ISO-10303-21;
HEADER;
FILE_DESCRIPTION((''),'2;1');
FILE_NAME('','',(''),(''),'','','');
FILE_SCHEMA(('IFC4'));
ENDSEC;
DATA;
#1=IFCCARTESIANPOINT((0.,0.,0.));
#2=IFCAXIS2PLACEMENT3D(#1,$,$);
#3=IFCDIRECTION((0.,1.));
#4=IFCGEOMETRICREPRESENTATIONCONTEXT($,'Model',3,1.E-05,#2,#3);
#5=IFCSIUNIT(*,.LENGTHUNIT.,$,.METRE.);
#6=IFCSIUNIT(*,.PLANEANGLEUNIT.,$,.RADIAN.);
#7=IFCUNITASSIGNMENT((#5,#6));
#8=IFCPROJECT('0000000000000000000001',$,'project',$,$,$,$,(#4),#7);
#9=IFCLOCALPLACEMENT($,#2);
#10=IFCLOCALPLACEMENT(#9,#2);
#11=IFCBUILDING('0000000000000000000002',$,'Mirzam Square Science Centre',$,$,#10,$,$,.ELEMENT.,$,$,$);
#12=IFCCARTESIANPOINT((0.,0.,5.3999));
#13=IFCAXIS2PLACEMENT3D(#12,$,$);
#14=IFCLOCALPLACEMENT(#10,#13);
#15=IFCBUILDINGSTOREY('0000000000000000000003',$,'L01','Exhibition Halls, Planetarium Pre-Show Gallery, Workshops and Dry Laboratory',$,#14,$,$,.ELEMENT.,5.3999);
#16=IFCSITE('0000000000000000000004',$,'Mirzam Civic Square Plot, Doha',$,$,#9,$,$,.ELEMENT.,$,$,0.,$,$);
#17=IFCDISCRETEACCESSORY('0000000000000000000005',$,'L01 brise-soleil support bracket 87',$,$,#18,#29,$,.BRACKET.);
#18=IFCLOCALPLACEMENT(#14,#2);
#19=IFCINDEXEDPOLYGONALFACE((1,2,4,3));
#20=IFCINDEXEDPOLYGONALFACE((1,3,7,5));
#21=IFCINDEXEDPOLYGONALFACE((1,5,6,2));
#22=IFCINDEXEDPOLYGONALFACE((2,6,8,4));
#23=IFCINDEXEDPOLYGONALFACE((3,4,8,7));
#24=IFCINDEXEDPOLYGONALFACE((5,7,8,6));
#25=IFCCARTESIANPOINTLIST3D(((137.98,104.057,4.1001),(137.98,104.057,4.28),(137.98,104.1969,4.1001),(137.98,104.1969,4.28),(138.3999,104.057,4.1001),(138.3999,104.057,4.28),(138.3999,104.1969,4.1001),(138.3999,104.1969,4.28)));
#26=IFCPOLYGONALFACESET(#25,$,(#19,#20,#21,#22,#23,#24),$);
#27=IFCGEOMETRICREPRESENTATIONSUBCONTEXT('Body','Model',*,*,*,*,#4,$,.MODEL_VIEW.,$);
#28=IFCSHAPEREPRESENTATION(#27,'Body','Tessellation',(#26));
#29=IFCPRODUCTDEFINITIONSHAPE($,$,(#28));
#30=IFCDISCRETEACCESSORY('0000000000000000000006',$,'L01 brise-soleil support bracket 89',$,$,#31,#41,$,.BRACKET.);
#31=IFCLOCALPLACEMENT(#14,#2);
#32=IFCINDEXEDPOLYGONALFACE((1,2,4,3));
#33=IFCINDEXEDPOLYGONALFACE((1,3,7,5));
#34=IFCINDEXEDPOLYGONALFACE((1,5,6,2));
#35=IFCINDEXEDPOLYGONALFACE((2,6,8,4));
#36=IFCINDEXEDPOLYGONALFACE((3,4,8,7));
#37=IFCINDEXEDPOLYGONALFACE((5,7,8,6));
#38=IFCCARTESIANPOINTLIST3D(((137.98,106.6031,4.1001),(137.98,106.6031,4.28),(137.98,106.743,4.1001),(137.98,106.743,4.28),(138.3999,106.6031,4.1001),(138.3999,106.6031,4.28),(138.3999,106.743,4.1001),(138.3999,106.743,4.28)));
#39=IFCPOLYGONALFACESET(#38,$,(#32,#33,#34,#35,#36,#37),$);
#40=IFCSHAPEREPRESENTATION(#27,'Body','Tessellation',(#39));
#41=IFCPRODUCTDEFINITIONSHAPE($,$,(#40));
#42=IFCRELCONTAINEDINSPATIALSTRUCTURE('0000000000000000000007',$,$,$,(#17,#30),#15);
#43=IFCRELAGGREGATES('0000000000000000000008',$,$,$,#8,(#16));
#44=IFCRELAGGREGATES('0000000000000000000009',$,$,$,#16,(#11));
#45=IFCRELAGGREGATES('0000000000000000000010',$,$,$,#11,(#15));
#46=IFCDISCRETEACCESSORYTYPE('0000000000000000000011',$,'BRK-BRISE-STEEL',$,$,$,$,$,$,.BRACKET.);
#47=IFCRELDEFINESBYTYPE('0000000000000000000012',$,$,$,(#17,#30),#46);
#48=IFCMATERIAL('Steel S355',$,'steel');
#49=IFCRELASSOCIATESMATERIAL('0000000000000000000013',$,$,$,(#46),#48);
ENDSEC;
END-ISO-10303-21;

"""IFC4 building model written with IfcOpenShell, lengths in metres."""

from ifc_helpers import new_model, si_unit, direction, frame, origin, origin_2d, place, context, subcontext, project, spatial, rectangle, extrude, material, type_object, element, save


model = new_model("IFC4")

# Units and contexts
model_context = context("Model", 3, precision=1e-05, world=origin(), true_north=direction((0.0, 1.0)))
body_context = subcontext(model_context, "Body", "Model", "MODEL_VIEW")
ifc_project = project(units=[si_unit("LENGTHUNIT", "METRE"), si_unit("PLANEANGLEUNIT", "RADIAN")], contexts=[model_context])

# Site, building, storey
site_placement = place(None, origin())
site = spatial("IfcSite", under=ifc_project, at=site_placement, Name="Mirzam Civic Square Plot, Doha", CompositionType="ELEMENT", RefElevation=0.0)
building_placement = place(site_placement, origin())
building = spatial("IfcBuilding", under=site, at=building_placement, Name="Mirzam Square Science Centre", CompositionType="ELEMENT")
storey_placement = place(building_placement, frame((0.0, 0.0, 5.3999)))
storey = spatial("IfcBuildingStorey", under=building, at=storey_placement, Name="L01", Description="Exhibition Halls, Planetarium Pre-Show Gallery, Workshops and Dry Laboratory", CompositionType="ELEMENT", Elevation=5.3999)

# Shared definitions
ifc_material_1 = material(Name="Steel S355", Category="steel")

# Discrete accessories
discrete_accessory_type = type_object("IfcDiscreteAccessoryType", Name="BRK-BRISE-STEEL", PredefinedType="BRACKET", material=ifc_material_1)
for number, where, z_axis, x_axis, name in (
    (1, (138.1899, 104.127, 4.1001), (0.0, 0.0, 1.0), (0.0, 1.0, 0.0), "L01 brise-soleil support bracket 87"),
    (2, (138.1899, 106.6731, 4.1001), (0.0, 0.0, 1.0), (0.0, 1.0, 0.0), "L01 brise-soleil support bracket 89"),
):
    element("IfcDiscreteAccessory", number, at=place(storey_placement, frame(where, z_axis=z_axis, x_axis=x_axis)), inside=storey, type_object=discrete_accessory_type, Name=name, PredefinedType="BRACKET", context=body_context, shape_type="SweptSolid", body=[
        extrude(rectangle(XDim=0.1399, YDim=0.4199, at=origin_2d()), origin(), (0.0, 0.0, 1.0), 0.1799),
    ])

save(model, "model.ifc")
